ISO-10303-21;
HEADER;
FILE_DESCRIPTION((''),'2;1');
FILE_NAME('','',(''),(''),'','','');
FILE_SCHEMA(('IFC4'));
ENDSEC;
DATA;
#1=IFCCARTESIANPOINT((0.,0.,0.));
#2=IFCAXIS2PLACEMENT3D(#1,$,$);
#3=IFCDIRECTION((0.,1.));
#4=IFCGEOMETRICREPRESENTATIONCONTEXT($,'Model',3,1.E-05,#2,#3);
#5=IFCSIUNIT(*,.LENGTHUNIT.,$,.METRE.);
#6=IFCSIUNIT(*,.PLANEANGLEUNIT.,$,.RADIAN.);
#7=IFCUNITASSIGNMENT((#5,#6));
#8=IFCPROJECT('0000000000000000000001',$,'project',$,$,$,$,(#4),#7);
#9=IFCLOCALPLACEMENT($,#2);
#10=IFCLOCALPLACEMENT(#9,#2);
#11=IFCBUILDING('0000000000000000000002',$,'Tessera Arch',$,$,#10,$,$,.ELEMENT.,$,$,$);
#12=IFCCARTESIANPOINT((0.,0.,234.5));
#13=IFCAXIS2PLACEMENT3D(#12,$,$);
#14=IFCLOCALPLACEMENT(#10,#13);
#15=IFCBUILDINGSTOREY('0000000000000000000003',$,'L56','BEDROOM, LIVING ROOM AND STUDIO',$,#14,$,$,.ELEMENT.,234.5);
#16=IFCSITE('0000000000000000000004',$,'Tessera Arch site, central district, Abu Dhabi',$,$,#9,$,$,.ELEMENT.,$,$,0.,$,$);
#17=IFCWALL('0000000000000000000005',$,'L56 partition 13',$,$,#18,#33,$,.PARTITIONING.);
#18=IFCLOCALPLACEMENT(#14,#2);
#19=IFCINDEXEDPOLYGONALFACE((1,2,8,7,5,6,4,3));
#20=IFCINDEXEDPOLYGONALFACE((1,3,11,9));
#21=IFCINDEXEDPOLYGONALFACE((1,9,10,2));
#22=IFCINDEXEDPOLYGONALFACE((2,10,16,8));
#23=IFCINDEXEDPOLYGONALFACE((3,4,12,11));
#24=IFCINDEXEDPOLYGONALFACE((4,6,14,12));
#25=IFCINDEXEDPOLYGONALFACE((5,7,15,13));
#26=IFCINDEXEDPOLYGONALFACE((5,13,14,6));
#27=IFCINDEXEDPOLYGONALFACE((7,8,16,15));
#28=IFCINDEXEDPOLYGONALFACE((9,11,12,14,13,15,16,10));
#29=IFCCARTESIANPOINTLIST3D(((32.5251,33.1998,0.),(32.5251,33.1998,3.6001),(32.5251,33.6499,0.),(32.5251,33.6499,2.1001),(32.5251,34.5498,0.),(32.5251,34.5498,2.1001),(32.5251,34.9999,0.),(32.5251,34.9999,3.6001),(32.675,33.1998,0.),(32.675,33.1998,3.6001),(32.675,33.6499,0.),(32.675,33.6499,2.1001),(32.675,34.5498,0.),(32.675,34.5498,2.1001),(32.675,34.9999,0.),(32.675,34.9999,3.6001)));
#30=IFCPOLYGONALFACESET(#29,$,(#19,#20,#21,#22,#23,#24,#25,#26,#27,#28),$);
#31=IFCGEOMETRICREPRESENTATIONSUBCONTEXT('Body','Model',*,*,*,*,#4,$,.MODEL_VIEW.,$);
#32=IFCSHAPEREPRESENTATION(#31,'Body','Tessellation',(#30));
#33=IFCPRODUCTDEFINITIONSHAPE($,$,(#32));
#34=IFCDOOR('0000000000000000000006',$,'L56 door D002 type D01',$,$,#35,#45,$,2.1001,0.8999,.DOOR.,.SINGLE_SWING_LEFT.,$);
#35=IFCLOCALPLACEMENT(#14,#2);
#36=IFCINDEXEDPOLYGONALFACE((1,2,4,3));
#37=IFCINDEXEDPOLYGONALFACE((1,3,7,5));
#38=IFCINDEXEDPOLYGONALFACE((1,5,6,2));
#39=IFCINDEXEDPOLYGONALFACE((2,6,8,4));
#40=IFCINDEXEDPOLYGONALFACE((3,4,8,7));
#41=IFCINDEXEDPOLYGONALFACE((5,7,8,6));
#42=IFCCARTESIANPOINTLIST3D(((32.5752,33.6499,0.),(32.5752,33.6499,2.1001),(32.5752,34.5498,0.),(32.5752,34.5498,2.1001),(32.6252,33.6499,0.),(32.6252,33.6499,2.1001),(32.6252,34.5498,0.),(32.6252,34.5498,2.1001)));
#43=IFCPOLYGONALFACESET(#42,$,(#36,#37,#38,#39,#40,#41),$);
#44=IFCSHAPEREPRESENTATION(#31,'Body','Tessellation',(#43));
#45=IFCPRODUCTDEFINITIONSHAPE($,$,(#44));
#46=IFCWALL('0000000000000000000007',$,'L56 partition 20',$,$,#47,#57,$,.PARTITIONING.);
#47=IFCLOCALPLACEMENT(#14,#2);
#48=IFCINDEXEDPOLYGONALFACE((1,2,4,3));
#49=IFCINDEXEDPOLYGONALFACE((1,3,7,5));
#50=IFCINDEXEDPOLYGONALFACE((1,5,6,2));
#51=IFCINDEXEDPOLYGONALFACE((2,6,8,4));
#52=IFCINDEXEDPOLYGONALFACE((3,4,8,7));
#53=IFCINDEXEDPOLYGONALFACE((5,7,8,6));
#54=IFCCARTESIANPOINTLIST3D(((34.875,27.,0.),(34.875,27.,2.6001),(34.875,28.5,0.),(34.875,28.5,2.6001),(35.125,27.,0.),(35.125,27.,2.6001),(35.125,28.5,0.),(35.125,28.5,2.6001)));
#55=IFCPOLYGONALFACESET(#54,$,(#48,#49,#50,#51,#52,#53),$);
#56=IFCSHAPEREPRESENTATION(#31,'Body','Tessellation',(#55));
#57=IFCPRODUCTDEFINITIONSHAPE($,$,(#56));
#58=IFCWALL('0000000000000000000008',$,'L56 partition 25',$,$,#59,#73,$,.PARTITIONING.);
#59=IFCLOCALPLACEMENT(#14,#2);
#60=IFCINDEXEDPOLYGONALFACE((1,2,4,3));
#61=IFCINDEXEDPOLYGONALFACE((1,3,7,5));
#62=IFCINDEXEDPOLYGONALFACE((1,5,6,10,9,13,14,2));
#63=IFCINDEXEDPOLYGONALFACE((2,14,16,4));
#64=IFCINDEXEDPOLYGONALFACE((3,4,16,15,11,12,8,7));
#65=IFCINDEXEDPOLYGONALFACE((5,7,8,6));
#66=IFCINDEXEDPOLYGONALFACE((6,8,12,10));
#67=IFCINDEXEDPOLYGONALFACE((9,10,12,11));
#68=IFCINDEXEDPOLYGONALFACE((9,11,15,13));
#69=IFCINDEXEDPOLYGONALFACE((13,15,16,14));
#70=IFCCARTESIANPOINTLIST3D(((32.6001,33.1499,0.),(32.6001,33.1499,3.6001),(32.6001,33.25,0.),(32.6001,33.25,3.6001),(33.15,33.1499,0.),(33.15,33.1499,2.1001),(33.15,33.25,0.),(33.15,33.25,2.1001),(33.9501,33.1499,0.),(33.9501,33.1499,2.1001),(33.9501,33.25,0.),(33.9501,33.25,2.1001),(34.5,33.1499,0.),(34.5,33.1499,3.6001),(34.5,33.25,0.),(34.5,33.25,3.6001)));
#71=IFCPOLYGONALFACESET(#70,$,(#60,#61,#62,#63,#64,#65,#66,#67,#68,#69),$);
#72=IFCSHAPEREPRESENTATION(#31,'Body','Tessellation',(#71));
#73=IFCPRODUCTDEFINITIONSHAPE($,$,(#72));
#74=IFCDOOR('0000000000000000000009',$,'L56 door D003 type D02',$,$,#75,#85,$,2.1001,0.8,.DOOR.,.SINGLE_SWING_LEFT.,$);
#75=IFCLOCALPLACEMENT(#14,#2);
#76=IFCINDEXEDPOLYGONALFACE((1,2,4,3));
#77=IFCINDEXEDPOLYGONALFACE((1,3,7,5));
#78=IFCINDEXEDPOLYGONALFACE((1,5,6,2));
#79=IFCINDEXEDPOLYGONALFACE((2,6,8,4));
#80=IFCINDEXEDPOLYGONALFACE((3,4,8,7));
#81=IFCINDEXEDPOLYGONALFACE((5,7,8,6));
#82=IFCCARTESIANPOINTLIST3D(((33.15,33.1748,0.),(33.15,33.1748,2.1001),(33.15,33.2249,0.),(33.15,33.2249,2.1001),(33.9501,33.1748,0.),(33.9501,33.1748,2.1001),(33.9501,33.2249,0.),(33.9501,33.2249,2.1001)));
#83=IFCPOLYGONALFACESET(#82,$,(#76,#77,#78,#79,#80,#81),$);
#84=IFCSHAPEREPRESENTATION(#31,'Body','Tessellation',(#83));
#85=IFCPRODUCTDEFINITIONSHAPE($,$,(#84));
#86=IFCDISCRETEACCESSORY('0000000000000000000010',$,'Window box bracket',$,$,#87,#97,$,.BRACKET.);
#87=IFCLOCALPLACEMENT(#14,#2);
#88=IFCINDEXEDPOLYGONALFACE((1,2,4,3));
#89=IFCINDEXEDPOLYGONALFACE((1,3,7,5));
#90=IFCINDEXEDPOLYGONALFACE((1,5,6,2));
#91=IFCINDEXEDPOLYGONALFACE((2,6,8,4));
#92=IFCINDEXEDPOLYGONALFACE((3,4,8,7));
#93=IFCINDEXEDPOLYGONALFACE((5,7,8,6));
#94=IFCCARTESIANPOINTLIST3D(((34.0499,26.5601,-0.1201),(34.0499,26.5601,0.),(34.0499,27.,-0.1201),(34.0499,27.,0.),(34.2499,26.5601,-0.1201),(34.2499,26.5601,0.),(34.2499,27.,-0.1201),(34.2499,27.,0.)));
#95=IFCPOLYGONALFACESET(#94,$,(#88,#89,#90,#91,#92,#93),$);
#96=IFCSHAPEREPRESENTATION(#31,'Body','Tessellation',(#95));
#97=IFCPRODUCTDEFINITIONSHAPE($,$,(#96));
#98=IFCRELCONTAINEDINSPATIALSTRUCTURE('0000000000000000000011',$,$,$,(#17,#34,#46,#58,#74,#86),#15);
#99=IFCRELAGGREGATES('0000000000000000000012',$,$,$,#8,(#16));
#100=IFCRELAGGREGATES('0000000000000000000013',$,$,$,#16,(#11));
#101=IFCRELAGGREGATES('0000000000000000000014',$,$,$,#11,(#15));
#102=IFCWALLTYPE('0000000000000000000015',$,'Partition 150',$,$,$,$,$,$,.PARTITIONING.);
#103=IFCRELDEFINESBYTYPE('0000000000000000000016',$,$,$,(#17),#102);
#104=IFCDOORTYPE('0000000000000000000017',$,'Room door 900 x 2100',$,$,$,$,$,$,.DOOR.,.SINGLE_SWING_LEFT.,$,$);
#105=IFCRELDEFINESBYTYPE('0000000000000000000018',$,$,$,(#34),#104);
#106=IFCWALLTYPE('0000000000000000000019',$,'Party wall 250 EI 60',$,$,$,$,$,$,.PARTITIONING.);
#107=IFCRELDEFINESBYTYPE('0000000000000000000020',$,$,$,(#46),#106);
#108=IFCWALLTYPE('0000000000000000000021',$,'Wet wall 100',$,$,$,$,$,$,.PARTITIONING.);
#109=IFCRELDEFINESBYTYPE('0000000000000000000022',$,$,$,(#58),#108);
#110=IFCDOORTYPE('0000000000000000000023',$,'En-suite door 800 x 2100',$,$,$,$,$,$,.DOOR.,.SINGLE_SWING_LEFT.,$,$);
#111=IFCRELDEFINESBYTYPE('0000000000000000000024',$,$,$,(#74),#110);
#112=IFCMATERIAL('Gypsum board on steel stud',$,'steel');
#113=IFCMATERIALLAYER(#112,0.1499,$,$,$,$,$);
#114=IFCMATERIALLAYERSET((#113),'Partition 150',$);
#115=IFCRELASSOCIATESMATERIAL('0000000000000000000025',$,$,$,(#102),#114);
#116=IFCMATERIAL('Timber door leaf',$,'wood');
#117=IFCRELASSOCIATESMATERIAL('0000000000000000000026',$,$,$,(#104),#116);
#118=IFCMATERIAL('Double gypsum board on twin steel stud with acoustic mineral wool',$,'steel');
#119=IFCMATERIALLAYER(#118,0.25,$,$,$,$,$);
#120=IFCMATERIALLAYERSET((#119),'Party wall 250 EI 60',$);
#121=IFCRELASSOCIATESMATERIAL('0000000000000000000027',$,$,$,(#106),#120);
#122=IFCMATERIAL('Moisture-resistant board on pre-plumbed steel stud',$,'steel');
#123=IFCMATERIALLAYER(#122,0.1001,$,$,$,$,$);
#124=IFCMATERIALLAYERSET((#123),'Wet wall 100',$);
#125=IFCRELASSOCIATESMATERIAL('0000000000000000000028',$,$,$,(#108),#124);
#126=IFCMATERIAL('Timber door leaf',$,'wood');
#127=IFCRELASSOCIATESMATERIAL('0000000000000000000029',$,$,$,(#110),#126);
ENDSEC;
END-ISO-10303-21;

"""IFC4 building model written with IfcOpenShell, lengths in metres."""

from ifc_helpers import new_model, si_unit, direction, frame, frame_2d, origin, origin_2d, place, context, subcontext, project, spatial, rectangle, extrude, material, layer, layer_set, type_object, element, fill, save


model = new_model("IFC4")

# Units and contexts
model_context = context("Model", 3, precision=1e-05, world=origin(), true_north=direction((0.0, 1.0)))
body_context = subcontext(model_context, "Body", "Model", "MODEL_VIEW")
ifc_project = project(units=[si_unit("LENGTHUNIT", "METRE"), si_unit("PLANEANGLEUNIT", "RADIAN")], contexts=[model_context])

# Site, building, storey
site_placement = place(None, origin())
site = spatial("IfcSite", under=ifc_project, at=site_placement, Name="Tessera Arch site, central district, Abu Dhabi", CompositionType="ELEMENT", RefElevation=0.0)
building_placement = place(site_placement, origin())
building = spatial("IfcBuilding", under=site, at=building_placement, Name="Tessera Arch", CompositionType="ELEMENT")
storey_placement = place(building_placement, frame((0.0, 0.0, 234.5)))
storey = spatial("IfcBuildingStorey", under=building, at=storey_placement, Name="L56", Description="BEDROOM, LIVING ROOM AND STUDIO", CompositionType="ELEMENT", Elevation=234.5)

# Wall, opening, door
ifc_material_1 = material(Name="Gypsum board on steel stud", Category="steel")
ifc_layer_1 = layer(ifc_material_1, 0.1499)
ifc_layer_set_1 = layer_set([ifc_layer_1], Name="Partition 150")
wall_type_1 = type_object("IfcWallType", Name="Partition 150", PredefinedType="PARTITIONING", material=ifc_layer_set_1)
wall_1_placement = place(storey_placement, frame((32.6001, 33.2, 0.0), z_axis=(0.0, 0.0, 1.0), x_axis=(0.0, 1.0, 0.0)))
wall_1 = element("IfcWall", 1, at=wall_1_placement, inside=storey, type_object=wall_type_1, Name="L56 partition 13", PredefinedType="PARTITIONING", context=body_context, shape_type="SweptSolid", body=[
    extrude(rectangle(XDim=1.8, YDim=0.1499, at=frame_2d((0.8999, 0.0))), origin(), (0.0, 0.0, 1.0), 3.6001),
])
opening_1_placement = place(wall_1_placement, frame((0.45, 0.0, 0.0)))
opening_1 = element("IfcOpeningElement", 2, at=opening_1_placement, cuts=wall_1, PredefinedType="OPENING", context=body_context, shape_type="SweptSolid", body=[
    extrude(rectangle(XDim=0.8999, YDim=2.1001, at=frame_2d((0.45, 1.05))), frame((0.0, 0.085, 0.0), z_axis=(0.0, -1.0, 0.0), x_axis=(1.0, 0.0, 0.0)), (0.0, 0.0, 1.0), 0.1699),
])
ifc_material_2 = material(Name="Timber door leaf", Category="wood")
door_type_1 = type_object("IfcDoorType", Name="Room door 900 x 2100", OperationType="SINGLE_SWING_LEFT", PredefinedType="DOOR", material=ifc_material_2)
door_1_placement = place(opening_1_placement, origin())
door_1 = element("IfcDoor", 3, at=door_1_placement, inside=storey, type_object=door_type_1, Name="L56 door D002 type D01", OperationType="SINGLE_SWING_LEFT", OverallHeight=2.1001, OverallWidth=0.8999, PredefinedType="DOOR", context=body_context, shape_type="SweptSolid", body=[
    extrude(rectangle(XDim=0.8999, YDim=2.1001, at=frame_2d((0.45, 1.05))), frame((0.0, 0.0249, 0.0), z_axis=(0.0, -1.0, 0.0), x_axis=(1.0, 0.0, 0.0)), (0.0, 0.0, 1.0), 0.05),
])
fill(opening_1, door_1)

# Wall
ifc_material_3 = material(Name="Double gypsum board on twin steel stud with acoustic mineral wool", Category="steel")
ifc_layer_2 = layer(ifc_material_3, 0.25)
ifc_layer_set_2 = layer_set([ifc_layer_2], Name="Party wall 250 EI 60")
wall_type_2 = type_object("IfcWallType", Name="Party wall 250 EI 60", PredefinedType="PARTITIONING", material=ifc_layer_set_2)
wall_2_placement = place(storey_placement, frame((35.0, 27.0, 0.0), z_axis=(0.0, 0.0, 1.0), x_axis=(0.0, 1.0, 0.0)))
element("IfcWall", 4, at=wall_2_placement, inside=storey, type_object=wall_type_2, Name="L56 partition 20", PredefinedType="PARTITIONING", context=body_context, shape_type="SweptSolid", body=[
    extrude(rectangle(XDim=1.5, YDim=0.25, at=frame_2d((0.75, 0.0))), origin(), (0.0, 0.0, 1.0), 2.6001),
])

# Wall, opening, door
ifc_material_4 = material(Name="Moisture-resistant board on pre-plumbed steel stud", Category="steel")
ifc_layer_3 = layer(ifc_material_4, 0.1001)
ifc_layer_set_3 = layer_set([ifc_layer_3], Name="Wet wall 100")
wall_type_3 = type_object("IfcWallType", Name="Wet wall 100", PredefinedType="PARTITIONING", material=ifc_layer_set_3)
wall_3_placement = place(storey_placement, frame((32.6001, 33.2, 0.0), z_axis=(0.0, 0.0, 1.0), x_axis=(1.0, 0.0, 0.0)))
wall_3 = element("IfcWall", 5, at=wall_3_placement, inside=storey, type_object=wall_type_3, Name="L56 partition 25", PredefinedType="PARTITIONING", context=body_context, shape_type="SweptSolid", body=[
    extrude(rectangle(XDim=1.8999, YDim=0.1001, at=frame_2d((0.95, 0.0))), origin(), (0.0, 0.0, 1.0), 3.6001),
])
opening_2_placement = place(wall_3_placement, frame((0.55, 0.0, 0.0)))
opening_2 = element("IfcOpeningElement", 6, at=opening_2_placement, cuts=wall_3, PredefinedType="OPENING", context=body_context, shape_type="SweptSolid", body=[
    extrude(rectangle(XDim=0.8, YDim=2.1001, at=frame_2d((0.3999, 1.05))), frame((0.0, 0.0601, 0.0), z_axis=(0.0, -1.0, 0.0), x_axis=(1.0, 0.0, 0.0)), (0.0, 0.0, 1.0), 0.1201),
])
ifc_material_5 = material(Name="Timber door leaf", Category="wood")
door_type_2 = type_object("IfcDoorType", Name="En-suite door 800 x 2100", OperationType="SINGLE_SWING_LEFT", PredefinedType="DOOR", material=ifc_material_5)
door_2_placement = place(opening_2_placement, origin())
door_2 = element("IfcDoor", 7, at=door_2_placement, inside=storey, type_object=door_type_2, Name="L56 door D003 type D02", OperationType="SINGLE_SWING_LEFT", OverallHeight=2.1001, OverallWidth=0.8, PredefinedType="DOOR", context=body_context, shape_type="SweptSolid", body=[
    extrude(rectangle(XDim=0.8, YDim=2.1001, at=frame_2d((0.3999, 1.05))), frame((0.0, 0.0249, 0.0), z_axis=(0.0, -1.0, 0.0), x_axis=(1.0, 0.0, 0.0)), (0.0, 0.0, 1.0), 0.05),
])
fill(opening_2, door_2)

# Discrete accessory
discrete_accessory_placement = place(storey_placement, frame((34.1499, 26.78, -0.1201), z_axis=(0.0, 0.0, 1.0), x_axis=(0.0, -1.0, 0.0)))
element("IfcDiscreteAccessory", 8, at=discrete_accessory_placement, inside=storey, Name="Window box bracket", PredefinedType="BRACKET", context=body_context, shape_type="SweptSolid", body=[
    extrude(rectangle(XDim=0.4399, YDim=0.2, at=origin_2d()), origin(), (0.0, 0.0, 1.0), 0.1201),
])

save(model, "model.ifc")
